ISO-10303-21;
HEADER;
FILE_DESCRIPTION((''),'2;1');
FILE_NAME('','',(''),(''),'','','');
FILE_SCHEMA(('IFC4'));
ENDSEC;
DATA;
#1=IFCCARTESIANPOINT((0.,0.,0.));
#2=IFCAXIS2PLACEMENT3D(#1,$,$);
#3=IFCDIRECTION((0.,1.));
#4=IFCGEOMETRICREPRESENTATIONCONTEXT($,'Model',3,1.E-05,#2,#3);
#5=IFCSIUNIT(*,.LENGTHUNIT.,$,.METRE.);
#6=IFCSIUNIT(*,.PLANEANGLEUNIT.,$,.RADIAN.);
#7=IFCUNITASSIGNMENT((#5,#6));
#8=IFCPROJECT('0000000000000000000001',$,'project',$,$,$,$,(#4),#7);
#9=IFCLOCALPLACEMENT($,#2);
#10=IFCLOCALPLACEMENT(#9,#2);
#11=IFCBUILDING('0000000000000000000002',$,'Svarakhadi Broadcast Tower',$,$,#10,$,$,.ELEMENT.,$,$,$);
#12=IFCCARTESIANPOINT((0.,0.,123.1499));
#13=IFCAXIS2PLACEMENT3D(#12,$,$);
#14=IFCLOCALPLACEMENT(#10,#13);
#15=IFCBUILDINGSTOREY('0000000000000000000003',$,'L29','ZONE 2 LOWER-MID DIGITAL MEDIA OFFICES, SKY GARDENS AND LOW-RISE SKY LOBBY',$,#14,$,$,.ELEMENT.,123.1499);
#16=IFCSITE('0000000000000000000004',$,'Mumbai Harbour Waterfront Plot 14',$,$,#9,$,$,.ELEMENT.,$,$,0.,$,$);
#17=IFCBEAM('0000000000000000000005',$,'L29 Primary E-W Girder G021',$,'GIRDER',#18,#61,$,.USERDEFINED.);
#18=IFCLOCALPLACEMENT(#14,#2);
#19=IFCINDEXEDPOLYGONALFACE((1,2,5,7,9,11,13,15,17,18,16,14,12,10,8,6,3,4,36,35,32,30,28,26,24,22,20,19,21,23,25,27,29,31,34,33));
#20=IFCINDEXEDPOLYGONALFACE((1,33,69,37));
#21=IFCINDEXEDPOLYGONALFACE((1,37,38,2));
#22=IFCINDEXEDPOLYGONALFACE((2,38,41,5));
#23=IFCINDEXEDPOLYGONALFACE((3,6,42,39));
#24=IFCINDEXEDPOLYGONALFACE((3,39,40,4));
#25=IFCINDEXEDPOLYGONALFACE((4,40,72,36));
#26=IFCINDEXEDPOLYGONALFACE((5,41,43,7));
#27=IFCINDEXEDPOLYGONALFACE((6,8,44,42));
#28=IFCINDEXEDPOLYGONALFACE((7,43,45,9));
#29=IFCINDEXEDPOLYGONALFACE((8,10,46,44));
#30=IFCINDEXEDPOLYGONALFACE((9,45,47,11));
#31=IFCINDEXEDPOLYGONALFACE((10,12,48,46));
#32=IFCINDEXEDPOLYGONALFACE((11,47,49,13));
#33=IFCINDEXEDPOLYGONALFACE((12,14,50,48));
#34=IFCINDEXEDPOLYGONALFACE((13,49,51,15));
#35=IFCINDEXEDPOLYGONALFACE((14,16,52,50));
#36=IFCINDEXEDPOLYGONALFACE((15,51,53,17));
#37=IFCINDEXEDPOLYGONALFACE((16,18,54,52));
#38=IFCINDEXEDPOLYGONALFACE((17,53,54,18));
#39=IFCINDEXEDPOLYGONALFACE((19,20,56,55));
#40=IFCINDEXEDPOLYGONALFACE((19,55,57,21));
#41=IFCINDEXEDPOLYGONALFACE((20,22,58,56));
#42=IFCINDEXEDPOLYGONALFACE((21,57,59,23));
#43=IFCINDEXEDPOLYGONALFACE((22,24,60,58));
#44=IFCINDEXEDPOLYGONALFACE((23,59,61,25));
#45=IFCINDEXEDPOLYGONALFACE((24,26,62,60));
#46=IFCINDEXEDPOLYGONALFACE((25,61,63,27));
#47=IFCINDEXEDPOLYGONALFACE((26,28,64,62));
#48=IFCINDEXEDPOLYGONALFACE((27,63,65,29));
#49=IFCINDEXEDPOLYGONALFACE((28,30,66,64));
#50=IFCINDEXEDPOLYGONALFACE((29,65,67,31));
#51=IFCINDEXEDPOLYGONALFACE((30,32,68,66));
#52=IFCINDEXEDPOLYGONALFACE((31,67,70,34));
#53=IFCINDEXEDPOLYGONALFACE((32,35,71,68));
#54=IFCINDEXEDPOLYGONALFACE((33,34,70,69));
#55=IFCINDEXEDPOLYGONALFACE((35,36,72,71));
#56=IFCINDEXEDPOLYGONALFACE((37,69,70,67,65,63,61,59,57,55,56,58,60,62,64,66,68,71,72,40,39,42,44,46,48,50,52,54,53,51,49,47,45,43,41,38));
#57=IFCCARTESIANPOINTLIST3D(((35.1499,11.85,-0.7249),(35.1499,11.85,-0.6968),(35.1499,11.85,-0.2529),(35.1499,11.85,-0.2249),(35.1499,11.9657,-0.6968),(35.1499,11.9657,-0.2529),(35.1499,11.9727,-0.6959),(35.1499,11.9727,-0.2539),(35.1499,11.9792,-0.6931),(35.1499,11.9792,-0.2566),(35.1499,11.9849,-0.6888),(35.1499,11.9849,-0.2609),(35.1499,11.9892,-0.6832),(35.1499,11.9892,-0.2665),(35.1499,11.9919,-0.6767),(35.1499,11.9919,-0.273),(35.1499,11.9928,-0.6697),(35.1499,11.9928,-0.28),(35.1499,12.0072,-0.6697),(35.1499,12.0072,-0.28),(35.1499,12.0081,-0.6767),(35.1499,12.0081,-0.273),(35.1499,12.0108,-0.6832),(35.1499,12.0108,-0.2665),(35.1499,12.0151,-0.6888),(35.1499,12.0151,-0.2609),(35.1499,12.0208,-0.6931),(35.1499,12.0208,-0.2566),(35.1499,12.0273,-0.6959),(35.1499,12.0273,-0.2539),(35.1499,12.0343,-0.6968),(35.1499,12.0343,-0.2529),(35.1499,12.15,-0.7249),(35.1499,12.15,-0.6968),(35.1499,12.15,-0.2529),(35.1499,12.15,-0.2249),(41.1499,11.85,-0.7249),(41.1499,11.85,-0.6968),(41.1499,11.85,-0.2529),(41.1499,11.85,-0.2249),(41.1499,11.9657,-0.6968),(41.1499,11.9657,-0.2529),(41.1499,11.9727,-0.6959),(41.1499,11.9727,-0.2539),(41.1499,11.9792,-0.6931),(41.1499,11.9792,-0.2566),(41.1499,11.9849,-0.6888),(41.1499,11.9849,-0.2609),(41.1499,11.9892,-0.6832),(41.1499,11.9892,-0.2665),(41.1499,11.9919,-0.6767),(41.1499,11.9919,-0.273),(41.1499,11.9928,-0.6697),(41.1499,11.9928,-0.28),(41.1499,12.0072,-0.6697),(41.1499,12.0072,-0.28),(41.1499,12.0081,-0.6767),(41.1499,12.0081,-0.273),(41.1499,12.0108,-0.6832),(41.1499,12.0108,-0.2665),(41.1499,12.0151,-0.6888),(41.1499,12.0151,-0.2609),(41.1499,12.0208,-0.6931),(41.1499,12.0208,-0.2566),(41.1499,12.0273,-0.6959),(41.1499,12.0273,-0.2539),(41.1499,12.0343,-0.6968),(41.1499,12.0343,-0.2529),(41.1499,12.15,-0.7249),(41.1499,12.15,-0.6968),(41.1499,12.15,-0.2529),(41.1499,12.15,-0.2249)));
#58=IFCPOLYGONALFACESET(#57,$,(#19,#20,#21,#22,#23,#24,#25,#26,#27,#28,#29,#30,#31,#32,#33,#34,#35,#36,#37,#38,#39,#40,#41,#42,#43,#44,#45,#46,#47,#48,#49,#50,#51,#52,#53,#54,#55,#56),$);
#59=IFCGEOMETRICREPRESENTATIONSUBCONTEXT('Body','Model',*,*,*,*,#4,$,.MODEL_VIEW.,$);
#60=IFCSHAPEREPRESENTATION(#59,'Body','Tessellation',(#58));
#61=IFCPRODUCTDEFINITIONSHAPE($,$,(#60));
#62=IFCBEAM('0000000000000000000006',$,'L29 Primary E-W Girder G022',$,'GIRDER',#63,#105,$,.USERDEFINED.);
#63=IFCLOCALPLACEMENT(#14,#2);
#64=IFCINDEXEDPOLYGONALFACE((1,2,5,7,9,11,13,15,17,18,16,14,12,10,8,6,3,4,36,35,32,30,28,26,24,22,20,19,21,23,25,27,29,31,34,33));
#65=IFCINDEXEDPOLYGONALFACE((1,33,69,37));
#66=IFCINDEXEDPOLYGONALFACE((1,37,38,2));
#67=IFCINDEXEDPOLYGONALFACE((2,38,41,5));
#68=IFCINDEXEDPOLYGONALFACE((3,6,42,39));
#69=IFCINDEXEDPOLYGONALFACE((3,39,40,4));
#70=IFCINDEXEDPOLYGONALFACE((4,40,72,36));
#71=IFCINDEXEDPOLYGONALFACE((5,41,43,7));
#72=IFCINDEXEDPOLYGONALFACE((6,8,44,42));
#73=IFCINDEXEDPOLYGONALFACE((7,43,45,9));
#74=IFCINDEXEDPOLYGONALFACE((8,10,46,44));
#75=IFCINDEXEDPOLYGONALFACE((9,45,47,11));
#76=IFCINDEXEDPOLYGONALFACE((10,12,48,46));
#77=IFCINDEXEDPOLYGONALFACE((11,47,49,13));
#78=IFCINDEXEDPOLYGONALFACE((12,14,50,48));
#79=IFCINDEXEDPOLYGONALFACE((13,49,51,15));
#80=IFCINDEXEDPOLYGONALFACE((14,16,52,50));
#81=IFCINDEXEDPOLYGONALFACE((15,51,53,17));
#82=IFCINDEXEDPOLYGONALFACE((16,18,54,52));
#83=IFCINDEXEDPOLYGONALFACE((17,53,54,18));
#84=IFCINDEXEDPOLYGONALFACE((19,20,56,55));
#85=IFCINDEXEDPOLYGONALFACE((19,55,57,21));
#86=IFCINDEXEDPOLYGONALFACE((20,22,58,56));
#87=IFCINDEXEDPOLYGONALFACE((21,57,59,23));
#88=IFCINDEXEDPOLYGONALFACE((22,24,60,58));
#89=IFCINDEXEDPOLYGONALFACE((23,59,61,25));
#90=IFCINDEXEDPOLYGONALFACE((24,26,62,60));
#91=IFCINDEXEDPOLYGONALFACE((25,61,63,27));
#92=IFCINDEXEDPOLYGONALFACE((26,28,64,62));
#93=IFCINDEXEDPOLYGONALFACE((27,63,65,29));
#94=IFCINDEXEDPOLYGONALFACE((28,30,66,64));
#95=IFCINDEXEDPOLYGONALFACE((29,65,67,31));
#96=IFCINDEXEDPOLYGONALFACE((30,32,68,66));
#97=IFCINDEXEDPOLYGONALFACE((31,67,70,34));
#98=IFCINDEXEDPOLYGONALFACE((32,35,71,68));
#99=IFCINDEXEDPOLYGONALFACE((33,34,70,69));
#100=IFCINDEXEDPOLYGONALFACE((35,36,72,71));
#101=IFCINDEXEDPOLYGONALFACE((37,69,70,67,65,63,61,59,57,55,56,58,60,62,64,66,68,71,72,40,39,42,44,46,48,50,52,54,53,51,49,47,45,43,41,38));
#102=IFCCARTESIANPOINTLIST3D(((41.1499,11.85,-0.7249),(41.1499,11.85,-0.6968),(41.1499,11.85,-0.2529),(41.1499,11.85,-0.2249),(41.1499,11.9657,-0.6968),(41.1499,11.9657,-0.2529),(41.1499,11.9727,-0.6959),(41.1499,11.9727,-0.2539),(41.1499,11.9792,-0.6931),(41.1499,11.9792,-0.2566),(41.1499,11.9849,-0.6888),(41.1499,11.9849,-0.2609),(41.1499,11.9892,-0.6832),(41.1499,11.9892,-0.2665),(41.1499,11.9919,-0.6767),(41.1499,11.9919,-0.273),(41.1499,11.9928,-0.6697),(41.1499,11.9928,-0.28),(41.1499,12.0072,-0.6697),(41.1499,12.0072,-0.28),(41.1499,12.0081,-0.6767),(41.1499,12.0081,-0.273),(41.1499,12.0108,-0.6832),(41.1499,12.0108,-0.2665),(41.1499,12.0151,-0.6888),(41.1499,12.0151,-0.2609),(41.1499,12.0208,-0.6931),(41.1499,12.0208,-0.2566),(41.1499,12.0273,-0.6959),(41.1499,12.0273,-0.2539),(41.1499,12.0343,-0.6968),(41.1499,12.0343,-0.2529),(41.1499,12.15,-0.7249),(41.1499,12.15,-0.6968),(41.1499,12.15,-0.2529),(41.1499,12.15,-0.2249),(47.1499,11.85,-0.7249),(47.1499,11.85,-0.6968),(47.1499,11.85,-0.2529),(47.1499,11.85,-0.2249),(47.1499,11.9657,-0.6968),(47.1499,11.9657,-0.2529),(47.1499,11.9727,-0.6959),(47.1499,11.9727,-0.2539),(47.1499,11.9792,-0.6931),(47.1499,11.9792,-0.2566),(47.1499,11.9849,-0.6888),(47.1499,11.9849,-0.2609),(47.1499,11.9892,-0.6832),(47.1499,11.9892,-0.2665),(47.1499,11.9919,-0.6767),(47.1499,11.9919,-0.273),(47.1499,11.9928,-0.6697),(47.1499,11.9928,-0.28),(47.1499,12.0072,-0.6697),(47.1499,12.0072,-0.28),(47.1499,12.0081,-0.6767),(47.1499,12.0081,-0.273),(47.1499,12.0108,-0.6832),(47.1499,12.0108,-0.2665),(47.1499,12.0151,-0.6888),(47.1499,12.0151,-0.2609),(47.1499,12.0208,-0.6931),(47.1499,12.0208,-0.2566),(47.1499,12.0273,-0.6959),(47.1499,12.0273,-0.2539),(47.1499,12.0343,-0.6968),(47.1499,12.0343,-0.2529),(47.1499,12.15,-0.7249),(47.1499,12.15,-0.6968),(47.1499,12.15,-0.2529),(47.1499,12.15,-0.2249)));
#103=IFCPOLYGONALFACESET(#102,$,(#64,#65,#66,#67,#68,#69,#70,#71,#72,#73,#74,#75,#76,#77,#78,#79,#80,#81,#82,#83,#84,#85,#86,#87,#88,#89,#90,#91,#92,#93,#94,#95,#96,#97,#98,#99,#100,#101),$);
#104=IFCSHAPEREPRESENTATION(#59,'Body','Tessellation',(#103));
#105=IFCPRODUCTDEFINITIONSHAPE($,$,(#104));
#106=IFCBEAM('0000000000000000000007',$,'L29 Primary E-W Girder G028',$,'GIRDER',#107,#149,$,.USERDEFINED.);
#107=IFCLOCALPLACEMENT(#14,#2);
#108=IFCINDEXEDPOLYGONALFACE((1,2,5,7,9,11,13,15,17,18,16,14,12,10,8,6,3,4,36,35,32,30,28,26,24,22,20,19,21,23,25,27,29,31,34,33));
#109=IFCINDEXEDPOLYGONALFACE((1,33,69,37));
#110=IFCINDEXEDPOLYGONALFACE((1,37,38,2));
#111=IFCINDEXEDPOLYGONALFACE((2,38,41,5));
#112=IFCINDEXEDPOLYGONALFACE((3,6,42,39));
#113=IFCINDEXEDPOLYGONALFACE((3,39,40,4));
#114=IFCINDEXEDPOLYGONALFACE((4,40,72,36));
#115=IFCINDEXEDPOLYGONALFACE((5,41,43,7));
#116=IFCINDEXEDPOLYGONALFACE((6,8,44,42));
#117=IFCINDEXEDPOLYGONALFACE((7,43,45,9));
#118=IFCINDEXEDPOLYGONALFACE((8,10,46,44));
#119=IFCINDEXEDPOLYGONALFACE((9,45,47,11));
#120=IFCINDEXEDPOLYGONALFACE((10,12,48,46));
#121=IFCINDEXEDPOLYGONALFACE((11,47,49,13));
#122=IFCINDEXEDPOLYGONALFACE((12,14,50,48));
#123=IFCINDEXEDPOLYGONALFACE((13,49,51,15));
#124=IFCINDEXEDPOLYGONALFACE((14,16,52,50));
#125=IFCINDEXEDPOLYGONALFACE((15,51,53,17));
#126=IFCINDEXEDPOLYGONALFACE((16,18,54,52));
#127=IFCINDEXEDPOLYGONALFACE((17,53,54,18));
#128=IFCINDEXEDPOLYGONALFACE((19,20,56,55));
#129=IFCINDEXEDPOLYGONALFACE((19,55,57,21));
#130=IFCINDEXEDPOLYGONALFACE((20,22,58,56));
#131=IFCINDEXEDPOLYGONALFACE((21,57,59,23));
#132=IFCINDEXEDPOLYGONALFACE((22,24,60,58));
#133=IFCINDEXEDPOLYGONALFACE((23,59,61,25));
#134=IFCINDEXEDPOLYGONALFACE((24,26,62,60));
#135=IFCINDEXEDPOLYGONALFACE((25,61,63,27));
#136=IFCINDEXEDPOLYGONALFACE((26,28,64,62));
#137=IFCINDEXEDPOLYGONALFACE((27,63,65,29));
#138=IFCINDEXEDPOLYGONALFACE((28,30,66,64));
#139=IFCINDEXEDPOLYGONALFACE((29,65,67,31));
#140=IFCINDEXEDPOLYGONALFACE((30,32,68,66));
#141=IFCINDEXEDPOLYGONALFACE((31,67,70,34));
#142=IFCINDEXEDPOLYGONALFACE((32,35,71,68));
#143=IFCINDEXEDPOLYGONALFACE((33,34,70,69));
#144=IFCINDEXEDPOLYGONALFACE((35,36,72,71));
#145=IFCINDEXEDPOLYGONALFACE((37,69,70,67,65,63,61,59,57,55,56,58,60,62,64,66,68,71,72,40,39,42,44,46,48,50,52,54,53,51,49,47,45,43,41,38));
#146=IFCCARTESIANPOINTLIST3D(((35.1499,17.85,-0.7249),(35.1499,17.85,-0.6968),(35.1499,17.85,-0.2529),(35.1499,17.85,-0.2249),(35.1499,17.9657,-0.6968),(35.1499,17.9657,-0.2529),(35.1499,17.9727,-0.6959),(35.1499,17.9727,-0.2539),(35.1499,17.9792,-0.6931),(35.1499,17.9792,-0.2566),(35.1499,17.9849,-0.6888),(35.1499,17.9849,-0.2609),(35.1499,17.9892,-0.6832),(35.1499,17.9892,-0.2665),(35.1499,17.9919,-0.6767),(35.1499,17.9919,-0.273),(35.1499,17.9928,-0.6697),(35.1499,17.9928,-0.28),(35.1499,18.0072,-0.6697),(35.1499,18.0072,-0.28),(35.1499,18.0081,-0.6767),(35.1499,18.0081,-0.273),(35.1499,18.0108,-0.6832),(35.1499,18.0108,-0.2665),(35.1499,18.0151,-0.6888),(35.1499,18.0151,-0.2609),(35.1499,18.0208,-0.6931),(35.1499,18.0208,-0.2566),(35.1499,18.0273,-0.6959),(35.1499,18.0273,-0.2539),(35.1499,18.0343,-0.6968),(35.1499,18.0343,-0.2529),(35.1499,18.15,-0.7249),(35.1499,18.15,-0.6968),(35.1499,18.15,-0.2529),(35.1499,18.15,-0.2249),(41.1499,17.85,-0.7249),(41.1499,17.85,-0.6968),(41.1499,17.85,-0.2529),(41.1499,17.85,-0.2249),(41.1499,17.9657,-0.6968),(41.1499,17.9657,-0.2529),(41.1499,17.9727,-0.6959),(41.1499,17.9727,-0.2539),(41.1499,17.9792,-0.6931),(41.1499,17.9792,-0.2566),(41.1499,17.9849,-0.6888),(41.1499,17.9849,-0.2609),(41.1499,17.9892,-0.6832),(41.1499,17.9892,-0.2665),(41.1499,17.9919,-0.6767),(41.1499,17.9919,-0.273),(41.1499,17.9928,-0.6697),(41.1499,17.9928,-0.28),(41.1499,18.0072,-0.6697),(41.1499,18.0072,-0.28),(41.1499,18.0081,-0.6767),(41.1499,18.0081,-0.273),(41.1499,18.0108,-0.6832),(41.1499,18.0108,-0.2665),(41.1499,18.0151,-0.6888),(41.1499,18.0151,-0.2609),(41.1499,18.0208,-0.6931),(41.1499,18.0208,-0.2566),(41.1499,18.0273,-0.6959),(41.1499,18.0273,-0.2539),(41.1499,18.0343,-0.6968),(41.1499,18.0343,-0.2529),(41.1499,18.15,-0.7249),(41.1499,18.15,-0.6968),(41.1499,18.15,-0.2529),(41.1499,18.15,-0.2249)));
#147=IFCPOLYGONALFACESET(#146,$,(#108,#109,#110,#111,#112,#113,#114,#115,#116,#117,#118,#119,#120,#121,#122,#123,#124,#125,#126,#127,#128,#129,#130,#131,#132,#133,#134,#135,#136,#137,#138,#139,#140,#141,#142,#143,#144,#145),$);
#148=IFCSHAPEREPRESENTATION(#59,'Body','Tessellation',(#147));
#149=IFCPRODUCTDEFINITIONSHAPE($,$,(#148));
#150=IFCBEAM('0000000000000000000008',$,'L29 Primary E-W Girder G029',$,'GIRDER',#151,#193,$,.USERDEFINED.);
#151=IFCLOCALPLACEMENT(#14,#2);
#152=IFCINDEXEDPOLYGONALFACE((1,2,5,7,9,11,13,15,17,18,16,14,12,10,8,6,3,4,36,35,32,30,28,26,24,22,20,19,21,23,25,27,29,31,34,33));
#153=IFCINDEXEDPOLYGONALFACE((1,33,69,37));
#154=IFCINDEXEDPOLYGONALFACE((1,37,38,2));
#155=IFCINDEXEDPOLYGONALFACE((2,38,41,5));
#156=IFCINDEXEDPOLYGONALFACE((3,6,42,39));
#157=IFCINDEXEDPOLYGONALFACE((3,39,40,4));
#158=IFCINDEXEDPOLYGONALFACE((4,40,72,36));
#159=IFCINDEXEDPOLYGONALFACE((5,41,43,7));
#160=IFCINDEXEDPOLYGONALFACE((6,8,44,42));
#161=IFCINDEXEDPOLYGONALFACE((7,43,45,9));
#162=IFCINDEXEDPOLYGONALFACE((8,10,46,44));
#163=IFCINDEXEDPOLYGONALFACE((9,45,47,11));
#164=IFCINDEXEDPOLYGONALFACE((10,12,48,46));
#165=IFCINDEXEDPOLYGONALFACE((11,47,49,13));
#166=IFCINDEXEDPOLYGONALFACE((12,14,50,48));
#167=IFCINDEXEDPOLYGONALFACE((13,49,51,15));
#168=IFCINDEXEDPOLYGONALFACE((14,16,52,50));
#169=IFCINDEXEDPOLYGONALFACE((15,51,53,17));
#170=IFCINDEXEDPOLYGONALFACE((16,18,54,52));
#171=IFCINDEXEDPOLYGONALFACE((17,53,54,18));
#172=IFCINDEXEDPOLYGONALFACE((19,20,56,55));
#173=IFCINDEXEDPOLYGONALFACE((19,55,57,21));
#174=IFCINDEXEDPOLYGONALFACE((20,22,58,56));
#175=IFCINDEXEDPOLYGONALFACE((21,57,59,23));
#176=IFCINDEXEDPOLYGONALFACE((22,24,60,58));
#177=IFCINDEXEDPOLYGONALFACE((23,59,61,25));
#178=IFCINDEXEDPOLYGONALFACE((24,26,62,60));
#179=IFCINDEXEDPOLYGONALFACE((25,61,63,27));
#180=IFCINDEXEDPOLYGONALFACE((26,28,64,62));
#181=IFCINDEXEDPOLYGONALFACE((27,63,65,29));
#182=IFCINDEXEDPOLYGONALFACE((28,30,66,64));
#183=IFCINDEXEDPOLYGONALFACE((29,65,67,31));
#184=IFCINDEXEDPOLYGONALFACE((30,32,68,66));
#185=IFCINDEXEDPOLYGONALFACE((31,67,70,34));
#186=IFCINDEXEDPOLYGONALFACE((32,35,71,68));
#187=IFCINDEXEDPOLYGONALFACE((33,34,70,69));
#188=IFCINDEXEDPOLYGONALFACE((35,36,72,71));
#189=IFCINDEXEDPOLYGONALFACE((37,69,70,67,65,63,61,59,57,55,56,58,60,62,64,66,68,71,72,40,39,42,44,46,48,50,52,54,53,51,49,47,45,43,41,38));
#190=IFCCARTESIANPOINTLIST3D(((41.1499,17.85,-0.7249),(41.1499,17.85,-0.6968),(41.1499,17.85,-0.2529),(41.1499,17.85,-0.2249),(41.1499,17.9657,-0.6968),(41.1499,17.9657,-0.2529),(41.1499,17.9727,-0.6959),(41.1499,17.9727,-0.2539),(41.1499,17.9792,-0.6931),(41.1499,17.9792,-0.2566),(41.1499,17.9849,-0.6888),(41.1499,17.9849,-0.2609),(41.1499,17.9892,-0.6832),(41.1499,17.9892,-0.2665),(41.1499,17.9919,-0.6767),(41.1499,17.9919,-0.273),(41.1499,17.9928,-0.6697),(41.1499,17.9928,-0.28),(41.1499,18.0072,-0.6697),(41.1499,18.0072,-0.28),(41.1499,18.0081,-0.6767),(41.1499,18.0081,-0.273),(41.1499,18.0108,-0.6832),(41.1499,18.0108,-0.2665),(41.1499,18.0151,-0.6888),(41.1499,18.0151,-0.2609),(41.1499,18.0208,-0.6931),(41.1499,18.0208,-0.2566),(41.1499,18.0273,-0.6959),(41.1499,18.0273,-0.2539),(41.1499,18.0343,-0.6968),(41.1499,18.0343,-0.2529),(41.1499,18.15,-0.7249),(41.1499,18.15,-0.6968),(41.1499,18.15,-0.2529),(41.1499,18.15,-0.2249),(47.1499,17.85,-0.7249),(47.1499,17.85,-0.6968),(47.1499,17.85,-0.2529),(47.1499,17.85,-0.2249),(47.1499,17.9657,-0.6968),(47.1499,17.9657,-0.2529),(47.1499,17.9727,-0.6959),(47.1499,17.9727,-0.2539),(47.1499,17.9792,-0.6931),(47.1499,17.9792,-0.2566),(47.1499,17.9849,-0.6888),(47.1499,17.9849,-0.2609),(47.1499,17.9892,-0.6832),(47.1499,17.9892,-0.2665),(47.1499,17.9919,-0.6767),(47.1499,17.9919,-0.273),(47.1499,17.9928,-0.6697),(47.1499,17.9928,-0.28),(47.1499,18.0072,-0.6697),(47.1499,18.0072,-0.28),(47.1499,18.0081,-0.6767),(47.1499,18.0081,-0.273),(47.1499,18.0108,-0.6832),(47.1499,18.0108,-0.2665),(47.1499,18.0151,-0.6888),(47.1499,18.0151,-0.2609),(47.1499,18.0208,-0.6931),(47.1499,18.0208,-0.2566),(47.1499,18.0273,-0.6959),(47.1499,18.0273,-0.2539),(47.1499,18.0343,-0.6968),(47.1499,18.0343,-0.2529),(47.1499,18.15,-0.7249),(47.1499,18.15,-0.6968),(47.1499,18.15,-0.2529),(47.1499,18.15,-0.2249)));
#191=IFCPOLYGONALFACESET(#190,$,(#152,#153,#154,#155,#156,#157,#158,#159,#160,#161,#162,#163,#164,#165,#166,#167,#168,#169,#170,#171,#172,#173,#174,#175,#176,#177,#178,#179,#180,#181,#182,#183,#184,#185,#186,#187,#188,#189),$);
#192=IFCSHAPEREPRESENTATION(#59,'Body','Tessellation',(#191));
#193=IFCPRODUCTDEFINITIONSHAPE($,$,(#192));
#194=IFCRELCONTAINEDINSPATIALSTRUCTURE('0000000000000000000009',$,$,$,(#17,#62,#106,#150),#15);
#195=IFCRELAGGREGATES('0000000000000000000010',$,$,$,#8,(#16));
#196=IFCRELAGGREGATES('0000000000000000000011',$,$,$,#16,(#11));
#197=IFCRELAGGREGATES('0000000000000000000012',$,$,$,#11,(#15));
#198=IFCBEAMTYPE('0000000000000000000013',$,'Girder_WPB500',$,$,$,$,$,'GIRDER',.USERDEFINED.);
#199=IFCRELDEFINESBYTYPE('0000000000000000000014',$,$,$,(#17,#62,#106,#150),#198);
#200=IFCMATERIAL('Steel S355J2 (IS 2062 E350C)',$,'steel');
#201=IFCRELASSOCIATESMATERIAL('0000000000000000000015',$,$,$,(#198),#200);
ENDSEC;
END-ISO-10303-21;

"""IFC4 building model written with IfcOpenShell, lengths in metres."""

from ifc_helpers import new_model, si_unit, direction, frame, origin, origin_2d, place, context, subcontext, project, spatial, i_section, extrude, material, material_profile, profile_set, type_object, element, save


model = new_model("IFC4")

# Units and contexts
model_context = context("Model", 3, precision=1e-05, world=origin(), true_north=direction((0.0, 1.0)))
body_context = subcontext(model_context, "Body", "Model", "MODEL_VIEW")
ifc_project = project(units=[si_unit("LENGTHUNIT", "METRE"), si_unit("PLANEANGLEUNIT", "RADIAN")], contexts=[model_context])

# Site, building, storey
site_placement = place(None, origin())
site = spatial("IfcSite", under=ifc_project, at=site_placement, Name="Mumbai Harbour Waterfront Plot 14", CompositionType="ELEMENT", RefElevation=0.0)
building_placement = place(site_placement, origin())
building = spatial("IfcBuilding", under=site, at=building_placement, Name="Svarakhadi Broadcast Tower", CompositionType="ELEMENT")
storey_placement = place(building_placement, frame((0.0, 0.0, 123.1499)))
storey = spatial("IfcBuildingStorey", under=building, at=storey_placement, Name="L29", Description="ZONE 2 LOWER-MID DIGITAL MEDIA OFFICES, SKY GARDENS AND LOW-RISE SKY LOBBY", CompositionType="ELEMENT", Elevation=123.1499)

# Shared definitions
ifc_material_1 = material(Name="Steel S355J2 (IS 2062 E350C)", Category="steel")

# Beams
ifc_material_profile_1 = material_profile(ifc_material_1, i_section(OverallWidth=0.3, OverallDepth=0.5, WebThickness=0.0144, FlangeThickness=0.0281, FilletRadius=0.0271, at=origin_2d()), Name="WPB 500x300x187")
ifc_profile_set_1 = profile_set([ifc_material_profile_1], Name="Steel S355J2 (IS 2062 E350C)")
beam_type_1 = type_object("IfcBeamType", Name="Girder_WPB500", ElementType="GIRDER", PredefinedType="USERDEFINED", material=ifc_profile_set_1)
for number, where, z_axis, x_axis, name in (
    (1, (35.1499, 12.0, -0.4749), (1.0, 0.0, 0.0), (0.0, 1.0, 0.0), "L29 Primary E-W Girder G021"),
    (2, (41.1499, 12.0, -0.4749), (1.0, 0.0, 0.0), (0.0, 1.0, 0.0), "L29 Primary E-W Girder G022"),
    (3, (35.1499, 18.0, -0.4749), (1.0, 0.0, 0.0), (0.0, 1.0, 0.0), "L29 Primary E-W Girder G028"),
    (4, (41.1499, 18.0, -0.4749), (1.0, 0.0, 0.0), (0.0, 1.0, 0.0), "L29 Primary E-W Girder G029"),
):
    element("IfcBeam", number, at=place(storey_placement, frame(where, z_axis=z_axis, x_axis=x_axis)), inside=storey, type_object=beam_type_1, Name=name, ObjectType="GIRDER", PredefinedType="USERDEFINED", context=body_context, shape_type="SweptSolid", body=[
        extrude(i_section(OverallWidth=0.3, OverallDepth=0.5, WebThickness=0.0144, FlangeThickness=0.0281, FilletRadius=0.0271, at=origin_2d()), origin(), (0.0, 0.0, 1.0), 6.0),
    ])

save(model, "model.ifc")
